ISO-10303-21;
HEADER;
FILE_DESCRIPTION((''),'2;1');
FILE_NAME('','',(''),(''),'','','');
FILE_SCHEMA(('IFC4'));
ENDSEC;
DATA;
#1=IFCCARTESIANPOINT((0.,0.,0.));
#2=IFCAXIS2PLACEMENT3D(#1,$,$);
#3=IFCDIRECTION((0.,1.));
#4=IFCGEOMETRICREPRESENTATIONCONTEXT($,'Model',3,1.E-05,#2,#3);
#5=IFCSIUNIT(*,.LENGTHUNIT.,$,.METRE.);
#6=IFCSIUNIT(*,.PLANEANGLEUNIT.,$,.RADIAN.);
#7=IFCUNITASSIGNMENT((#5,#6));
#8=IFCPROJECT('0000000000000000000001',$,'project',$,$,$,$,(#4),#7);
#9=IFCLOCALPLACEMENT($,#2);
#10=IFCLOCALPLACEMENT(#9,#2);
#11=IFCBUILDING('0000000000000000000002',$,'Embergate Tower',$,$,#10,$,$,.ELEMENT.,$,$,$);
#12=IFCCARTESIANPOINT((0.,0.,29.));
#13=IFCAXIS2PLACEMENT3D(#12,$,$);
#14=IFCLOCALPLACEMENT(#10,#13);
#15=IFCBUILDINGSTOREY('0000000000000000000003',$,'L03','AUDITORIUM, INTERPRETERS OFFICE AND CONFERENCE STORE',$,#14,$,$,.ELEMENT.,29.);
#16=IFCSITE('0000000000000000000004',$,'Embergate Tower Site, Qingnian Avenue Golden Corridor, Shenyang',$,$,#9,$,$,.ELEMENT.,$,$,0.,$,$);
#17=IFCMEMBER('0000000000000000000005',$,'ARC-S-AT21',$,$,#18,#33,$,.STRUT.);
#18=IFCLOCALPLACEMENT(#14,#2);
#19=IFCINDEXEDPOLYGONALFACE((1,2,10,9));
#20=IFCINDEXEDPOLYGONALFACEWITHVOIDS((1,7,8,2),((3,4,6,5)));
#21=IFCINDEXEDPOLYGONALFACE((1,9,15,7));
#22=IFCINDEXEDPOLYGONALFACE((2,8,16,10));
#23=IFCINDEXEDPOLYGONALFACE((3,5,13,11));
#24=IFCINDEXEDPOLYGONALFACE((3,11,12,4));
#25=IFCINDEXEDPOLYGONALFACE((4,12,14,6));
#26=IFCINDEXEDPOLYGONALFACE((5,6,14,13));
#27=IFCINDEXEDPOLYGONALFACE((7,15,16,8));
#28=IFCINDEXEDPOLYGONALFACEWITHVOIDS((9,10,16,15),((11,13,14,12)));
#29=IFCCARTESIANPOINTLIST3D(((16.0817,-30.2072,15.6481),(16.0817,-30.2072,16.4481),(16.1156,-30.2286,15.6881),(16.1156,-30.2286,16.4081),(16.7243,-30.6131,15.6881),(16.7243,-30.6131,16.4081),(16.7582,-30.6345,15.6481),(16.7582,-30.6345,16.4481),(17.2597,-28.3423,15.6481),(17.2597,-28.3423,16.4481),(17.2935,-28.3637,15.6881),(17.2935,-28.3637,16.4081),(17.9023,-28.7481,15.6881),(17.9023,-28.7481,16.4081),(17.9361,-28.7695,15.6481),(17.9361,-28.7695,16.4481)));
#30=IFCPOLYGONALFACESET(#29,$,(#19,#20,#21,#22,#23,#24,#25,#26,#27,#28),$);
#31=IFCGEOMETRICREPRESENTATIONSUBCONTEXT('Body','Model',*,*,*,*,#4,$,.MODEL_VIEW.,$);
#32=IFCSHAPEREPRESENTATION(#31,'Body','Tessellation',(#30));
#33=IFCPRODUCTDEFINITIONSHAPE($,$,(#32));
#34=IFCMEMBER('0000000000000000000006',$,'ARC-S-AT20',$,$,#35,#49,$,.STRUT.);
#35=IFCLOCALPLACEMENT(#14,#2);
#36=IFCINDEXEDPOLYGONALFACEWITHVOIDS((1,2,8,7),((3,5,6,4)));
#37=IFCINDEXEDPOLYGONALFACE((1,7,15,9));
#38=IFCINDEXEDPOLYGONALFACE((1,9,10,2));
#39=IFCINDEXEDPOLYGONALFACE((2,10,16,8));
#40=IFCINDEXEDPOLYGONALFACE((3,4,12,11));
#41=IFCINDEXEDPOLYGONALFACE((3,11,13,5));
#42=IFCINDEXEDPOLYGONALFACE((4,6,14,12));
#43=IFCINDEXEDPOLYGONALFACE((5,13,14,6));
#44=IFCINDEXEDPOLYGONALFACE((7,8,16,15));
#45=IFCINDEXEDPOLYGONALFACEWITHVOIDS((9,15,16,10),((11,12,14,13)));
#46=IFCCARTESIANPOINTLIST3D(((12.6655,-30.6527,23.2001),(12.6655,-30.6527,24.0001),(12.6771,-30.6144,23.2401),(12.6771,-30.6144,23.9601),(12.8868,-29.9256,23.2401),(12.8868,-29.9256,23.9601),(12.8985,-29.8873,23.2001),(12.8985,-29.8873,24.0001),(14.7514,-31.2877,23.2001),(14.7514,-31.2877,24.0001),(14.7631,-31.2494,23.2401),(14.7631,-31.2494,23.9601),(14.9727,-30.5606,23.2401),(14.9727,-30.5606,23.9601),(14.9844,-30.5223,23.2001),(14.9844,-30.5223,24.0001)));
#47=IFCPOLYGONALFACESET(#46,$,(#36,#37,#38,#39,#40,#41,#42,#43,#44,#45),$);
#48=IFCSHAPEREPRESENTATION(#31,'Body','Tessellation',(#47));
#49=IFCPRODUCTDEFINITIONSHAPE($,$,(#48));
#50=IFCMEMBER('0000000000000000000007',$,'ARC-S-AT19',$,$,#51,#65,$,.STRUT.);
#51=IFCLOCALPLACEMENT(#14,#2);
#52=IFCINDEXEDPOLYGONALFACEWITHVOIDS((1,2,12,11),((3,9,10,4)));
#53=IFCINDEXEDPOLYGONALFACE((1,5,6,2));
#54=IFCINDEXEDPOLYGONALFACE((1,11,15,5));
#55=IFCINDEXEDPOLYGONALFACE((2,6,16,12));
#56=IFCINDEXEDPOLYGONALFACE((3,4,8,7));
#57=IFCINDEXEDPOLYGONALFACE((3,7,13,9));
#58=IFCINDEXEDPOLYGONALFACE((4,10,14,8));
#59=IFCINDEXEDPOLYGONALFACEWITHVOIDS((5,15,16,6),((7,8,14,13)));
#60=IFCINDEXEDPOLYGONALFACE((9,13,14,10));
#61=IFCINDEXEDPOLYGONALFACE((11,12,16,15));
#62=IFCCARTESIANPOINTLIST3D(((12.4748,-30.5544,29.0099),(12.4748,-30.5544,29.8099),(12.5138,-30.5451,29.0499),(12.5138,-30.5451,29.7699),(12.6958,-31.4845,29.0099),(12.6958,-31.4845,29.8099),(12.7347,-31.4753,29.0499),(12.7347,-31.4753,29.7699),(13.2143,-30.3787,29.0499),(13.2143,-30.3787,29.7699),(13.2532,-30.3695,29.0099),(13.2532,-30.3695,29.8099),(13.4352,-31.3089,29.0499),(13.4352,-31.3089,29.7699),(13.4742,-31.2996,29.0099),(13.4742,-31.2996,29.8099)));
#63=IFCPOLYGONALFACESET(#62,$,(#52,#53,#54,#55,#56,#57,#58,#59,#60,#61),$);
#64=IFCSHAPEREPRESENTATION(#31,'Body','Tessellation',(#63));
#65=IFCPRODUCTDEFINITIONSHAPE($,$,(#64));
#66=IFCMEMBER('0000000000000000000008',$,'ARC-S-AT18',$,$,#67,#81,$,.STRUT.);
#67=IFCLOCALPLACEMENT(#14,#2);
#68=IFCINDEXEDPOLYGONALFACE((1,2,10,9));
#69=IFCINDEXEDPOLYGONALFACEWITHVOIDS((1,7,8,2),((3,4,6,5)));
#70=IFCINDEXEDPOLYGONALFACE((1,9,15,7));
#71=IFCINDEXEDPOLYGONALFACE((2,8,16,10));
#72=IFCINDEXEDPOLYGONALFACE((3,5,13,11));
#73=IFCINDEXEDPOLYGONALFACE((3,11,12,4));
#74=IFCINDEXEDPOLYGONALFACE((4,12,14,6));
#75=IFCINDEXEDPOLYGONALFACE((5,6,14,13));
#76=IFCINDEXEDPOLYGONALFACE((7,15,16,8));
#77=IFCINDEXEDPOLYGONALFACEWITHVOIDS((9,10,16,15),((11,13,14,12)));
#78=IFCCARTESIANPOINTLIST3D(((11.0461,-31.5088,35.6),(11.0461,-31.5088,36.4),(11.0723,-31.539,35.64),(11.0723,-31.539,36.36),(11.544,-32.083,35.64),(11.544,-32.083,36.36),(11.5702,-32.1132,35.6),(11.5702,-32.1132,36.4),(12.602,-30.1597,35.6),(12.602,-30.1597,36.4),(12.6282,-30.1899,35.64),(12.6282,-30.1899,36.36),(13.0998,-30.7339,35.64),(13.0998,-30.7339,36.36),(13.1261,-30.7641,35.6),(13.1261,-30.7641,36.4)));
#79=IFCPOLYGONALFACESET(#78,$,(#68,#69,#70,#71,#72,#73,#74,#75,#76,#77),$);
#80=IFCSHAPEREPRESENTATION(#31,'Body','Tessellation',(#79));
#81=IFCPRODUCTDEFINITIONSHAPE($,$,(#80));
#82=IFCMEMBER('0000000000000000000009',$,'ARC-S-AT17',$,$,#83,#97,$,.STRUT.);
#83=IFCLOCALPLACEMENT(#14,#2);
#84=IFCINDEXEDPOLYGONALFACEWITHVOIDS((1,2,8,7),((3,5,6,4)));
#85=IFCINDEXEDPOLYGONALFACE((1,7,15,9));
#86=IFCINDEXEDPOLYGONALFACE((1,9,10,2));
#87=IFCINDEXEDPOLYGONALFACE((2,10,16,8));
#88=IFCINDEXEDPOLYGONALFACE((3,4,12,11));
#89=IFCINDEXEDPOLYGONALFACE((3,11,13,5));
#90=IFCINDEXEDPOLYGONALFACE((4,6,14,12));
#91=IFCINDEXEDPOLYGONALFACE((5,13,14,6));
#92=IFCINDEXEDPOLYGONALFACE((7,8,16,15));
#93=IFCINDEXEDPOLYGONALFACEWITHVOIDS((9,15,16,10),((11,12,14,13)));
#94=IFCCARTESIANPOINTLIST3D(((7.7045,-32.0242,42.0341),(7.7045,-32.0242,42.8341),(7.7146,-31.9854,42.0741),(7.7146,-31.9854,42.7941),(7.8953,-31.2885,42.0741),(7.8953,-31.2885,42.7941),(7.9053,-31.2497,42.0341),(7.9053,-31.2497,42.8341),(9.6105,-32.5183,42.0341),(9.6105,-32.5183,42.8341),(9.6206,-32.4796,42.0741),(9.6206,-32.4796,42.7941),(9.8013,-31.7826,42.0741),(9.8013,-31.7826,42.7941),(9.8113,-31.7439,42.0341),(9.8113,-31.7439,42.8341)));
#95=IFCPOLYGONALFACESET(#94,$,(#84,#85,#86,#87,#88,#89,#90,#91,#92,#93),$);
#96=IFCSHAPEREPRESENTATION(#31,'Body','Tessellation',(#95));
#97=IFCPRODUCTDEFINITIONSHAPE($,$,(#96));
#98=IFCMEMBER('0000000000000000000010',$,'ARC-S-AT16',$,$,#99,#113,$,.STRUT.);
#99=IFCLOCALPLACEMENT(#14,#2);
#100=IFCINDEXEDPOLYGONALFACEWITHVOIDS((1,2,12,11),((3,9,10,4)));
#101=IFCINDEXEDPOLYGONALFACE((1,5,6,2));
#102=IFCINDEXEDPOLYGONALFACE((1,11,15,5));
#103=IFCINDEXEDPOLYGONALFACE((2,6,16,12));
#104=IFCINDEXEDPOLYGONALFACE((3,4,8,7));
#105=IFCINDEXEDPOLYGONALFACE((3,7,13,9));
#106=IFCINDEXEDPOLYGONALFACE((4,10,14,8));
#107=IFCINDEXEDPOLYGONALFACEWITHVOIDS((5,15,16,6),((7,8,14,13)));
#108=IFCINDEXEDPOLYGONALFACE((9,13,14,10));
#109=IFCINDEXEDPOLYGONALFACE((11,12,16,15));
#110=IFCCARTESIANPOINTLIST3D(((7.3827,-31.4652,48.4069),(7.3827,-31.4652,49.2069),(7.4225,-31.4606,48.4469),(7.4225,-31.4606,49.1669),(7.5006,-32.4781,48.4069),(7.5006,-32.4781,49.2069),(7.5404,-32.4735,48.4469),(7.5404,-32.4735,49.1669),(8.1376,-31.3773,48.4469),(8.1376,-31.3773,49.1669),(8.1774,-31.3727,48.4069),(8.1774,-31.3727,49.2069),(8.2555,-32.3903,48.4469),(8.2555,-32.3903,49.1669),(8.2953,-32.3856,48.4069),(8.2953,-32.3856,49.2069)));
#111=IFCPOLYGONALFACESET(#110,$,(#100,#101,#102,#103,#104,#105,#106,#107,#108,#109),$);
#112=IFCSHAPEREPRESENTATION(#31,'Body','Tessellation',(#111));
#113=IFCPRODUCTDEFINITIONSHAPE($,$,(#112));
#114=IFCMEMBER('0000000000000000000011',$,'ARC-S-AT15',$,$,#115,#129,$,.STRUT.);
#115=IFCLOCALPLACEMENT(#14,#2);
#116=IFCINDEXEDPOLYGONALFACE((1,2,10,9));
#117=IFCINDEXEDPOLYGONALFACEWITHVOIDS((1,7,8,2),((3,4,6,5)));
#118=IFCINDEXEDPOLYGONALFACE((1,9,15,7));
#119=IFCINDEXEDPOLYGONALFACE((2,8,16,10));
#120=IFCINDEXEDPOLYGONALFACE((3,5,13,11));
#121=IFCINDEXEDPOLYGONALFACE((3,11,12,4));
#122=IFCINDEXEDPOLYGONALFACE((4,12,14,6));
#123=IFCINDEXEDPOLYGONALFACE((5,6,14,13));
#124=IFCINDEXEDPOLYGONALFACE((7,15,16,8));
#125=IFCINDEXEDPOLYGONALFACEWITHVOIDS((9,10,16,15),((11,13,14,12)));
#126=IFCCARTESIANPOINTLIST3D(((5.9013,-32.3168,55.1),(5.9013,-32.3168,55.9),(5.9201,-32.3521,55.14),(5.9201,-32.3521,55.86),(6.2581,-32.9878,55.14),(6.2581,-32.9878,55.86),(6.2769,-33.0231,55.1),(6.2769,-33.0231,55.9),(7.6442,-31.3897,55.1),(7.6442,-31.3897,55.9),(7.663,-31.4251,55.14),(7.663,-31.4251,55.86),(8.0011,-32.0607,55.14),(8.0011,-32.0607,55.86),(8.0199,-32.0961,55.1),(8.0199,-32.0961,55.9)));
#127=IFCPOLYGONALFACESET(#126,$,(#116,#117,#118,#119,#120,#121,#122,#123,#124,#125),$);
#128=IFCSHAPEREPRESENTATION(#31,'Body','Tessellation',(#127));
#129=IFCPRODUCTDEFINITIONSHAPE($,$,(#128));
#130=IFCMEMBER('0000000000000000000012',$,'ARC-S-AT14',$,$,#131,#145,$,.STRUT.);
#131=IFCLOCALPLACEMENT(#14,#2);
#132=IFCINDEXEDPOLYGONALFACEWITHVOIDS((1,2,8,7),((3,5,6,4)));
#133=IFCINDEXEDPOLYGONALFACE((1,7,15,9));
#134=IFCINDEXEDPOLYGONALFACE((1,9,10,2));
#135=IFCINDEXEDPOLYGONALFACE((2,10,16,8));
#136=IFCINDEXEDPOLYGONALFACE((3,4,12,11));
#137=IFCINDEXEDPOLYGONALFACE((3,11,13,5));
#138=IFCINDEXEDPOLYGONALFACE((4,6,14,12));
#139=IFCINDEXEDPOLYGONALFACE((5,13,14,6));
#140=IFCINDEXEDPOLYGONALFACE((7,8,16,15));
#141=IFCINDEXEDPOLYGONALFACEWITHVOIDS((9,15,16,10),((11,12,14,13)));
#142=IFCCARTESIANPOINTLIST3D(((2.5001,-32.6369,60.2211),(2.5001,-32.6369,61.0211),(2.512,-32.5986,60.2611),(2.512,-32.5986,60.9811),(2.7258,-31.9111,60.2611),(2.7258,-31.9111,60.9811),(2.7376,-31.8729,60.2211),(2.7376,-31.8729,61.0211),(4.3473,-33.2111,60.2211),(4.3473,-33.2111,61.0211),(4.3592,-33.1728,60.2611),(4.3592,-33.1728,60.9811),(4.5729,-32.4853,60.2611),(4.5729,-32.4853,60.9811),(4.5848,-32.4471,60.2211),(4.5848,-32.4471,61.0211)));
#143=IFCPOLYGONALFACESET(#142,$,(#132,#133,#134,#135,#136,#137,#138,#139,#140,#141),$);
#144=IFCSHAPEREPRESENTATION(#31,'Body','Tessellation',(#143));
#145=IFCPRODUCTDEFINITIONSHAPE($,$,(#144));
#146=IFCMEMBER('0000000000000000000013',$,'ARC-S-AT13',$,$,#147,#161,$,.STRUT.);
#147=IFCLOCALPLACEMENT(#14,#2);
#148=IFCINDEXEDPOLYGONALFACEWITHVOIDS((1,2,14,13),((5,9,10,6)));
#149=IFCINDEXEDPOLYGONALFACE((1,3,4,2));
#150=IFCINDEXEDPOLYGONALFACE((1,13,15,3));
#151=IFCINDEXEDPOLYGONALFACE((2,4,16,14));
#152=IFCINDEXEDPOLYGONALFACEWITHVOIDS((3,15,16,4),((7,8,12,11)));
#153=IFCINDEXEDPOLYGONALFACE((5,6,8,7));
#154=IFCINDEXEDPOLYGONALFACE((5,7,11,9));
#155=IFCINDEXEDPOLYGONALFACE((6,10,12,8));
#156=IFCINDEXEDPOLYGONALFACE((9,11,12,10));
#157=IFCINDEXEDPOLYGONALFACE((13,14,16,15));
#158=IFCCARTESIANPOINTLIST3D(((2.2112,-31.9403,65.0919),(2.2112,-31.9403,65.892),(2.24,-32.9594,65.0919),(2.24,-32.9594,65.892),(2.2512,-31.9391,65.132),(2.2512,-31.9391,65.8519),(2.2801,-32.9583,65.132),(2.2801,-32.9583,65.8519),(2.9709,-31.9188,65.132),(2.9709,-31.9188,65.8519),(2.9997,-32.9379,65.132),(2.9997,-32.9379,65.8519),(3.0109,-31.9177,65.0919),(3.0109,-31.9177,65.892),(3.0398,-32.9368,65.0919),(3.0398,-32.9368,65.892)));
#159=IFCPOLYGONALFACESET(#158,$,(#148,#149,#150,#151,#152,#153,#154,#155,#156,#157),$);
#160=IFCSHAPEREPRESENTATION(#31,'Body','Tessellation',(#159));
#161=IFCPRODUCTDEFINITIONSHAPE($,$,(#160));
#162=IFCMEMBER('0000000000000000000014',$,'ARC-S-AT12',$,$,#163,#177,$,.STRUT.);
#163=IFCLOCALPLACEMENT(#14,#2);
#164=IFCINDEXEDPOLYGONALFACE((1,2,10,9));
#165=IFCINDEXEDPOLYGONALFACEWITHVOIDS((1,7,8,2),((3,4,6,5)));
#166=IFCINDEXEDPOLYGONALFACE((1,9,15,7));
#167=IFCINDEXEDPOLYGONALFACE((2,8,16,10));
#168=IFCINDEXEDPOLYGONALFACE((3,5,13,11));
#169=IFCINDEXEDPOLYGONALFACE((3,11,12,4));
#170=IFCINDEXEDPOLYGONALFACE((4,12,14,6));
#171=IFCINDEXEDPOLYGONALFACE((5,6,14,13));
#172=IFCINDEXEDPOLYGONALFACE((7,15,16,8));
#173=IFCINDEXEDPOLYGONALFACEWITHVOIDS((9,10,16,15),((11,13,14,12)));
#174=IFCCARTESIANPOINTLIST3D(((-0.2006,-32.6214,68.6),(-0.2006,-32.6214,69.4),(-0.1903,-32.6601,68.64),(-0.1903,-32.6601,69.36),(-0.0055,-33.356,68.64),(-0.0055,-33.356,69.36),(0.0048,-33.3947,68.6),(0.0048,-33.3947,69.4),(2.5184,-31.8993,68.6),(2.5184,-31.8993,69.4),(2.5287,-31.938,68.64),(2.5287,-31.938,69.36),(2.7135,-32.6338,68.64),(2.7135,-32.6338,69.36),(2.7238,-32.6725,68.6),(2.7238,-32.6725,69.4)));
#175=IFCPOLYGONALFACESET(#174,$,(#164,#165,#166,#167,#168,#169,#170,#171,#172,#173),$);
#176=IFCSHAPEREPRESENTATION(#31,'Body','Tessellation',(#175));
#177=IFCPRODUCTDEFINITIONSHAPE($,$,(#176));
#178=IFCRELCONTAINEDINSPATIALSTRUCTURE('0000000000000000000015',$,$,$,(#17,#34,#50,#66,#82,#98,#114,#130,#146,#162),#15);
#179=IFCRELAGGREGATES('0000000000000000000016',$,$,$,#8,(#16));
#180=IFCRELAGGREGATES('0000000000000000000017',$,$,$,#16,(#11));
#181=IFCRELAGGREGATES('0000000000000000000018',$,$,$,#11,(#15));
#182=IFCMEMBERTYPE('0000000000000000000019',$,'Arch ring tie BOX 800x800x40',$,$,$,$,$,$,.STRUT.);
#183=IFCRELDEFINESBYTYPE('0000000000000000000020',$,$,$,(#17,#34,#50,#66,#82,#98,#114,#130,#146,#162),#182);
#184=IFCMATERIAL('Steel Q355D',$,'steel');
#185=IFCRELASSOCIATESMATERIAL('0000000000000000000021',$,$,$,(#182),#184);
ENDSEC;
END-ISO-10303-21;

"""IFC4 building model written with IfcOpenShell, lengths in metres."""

from ifc_helpers import new_model, si_unit, direction, frame, origin, origin_2d, place, context, subcontext, project, spatial, hollow_rectangle, extrude, source, transform, mapped, material, material_profile, profile_set, type_object, element, save


model = new_model("IFC4")

# Units and contexts
model_context = context("Model", 3, precision=1e-05, world=origin(), true_north=direction((0.0, 1.0)))
body_context = subcontext(model_context, "Body", "Model", "MODEL_VIEW")
ifc_project = project(units=[si_unit("LENGTHUNIT", "METRE"), si_unit("PLANEANGLEUNIT", "RADIAN")], contexts=[model_context])

# Site, building, storey
site_placement = place(None, origin())
site = spatial("IfcSite", under=ifc_project, at=site_placement, Name="Embergate Tower Site, Qingnian Avenue Golden Corridor, Shenyang", CompositionType="ELEMENT", RefElevation=0.0)
building_placement = place(site_placement, origin())
building = spatial("IfcBuilding", under=site, at=building_placement, Name="Embergate Tower", CompositionType="ELEMENT")
storey_placement = place(building_placement, frame((0.0, 0.0, 29.0)))
storey = spatial("IfcBuildingStorey", under=building, at=storey_placement, Name="L03", Description="AUDITORIUM, INTERPRETERS OFFICE AND CONFERENCE STORE", CompositionType="ELEMENT", Elevation=29.0)

# Members
ifc_material_1 = material(Name="Steel Q355D", Category="steel")
ifc_material_profile_1 = material_profile(ifc_material_1, hollow_rectangle(XDim=0.8, YDim=0.8, WallThickness=0.04, at=origin_2d()), Name="BOX 800x800x40")
ifc_profile_set_1 = profile_set([ifc_material_profile_1], Name="Steel Q355 grade D")
member_type_1 = type_object("IfcMemberType", Name="Arch ring tie BOX 800x800x40", PredefinedType="STRUT", material=ifc_profile_set_1)
shared_shape_1 = source(origin(), body_context, "Body", "SweptSolid", [
    extrude(hollow_rectangle(XDim=0.8, YDim=0.8, WallThickness=0.04, at=origin_2d()), origin(), (0.0, 0.0, 1.0), 2.2058),
])
member_1_placement = place(storey_placement, frame((17.5979, -28.5559, 16.0481), z_axis=(-0.534022, -0.84547, 0.0), x_axis=(0.84547, -0.534022, 0.0)))
element("IfcMember", 1, at=member_1_placement, inside=storey, type_object=member_type_1, Name="ARC-S-AT21", PredefinedType="STRUT", context=body_context, shape_type="MappedRepresentation", body=[
    mapped(shared_shape_1, transform((0.0, 0.0, 0.0))),
])
shared_shape_2 = source(origin(), body_context, "Body", "SweptSolid", [
    extrude(hollow_rectangle(XDim=0.8, YDim=0.8, WallThickness=0.04, at=origin_2d()), origin(), (0.0, 0.0, 1.0), 2.1804),
])
member_2_placement = place(storey_placement, frame((12.782, -30.27, 23.6001), z_axis=(0.956654, -0.291228, 0.0), x_axis=(0.291228, 0.956654, 0.0)))
element("IfcMember", 2, at=member_2_placement, inside=storey, type_object=member_type_1, Name="ARC-S-AT20", PredefinedType="STRUT", context=body_context, shape_type="MappedRepresentation", body=[
    mapped(shared_shape_2, transform((0.0, 0.0, 0.0))),
])
shared_shape_3 = source(origin(), body_context, "Body", "SweptSolid", [
    extrude(hollow_rectangle(XDim=0.8, YDim=0.8, WallThickness=0.04, at=origin_2d()), origin(), (0.0, 0.0, 1.0), 0.9561),
])
member_3_placement = place(storey_placement, frame((12.864, -30.4619, 29.4099), z_axis=(0.231103, -0.972929, 0.0), x_axis=(0.972929, 0.231103, 0.0)))
element("IfcMember", 3, at=member_3_placement, inside=storey, type_object=member_type_1, Name="ARC-S-AT19", PredefinedType="STRUT", context=body_context, shape_type="MappedRepresentation", body=[
    mapped(shared_shape_3, transform((0.0, 0.0, 0.0))),
])
shared_shape_4 = source(origin(), body_context, "Body", "SweptSolid", [
    extrude(hollow_rectangle(XDim=0.8, YDim=0.8, WallThickness=0.04, at=origin_2d()), origin(), (0.0, 0.0, 1.0), 2.0593),
])
member_4_placement = place(storey_placement, frame((12.864, -30.4619, 36.0), z_axis=(-0.755529, -0.655116, 0.0), x_axis=(0.655116, -0.755529, 0.0)))
element("IfcMember", 4, at=member_4_placement, inside=storey, type_object=member_type_1, Name="ARC-S-AT18", PredefinedType="STRUT", context=body_context, shape_type="MappedRepresentation", body=[
    mapped(shared_shape_4, transform((0.0, 0.0, 0.0))),
])
shared_shape_5 = source(origin(), body_context, "Body", "SweptSolid", [
    extrude(hollow_rectangle(XDim=0.8, YDim=0.8, WallThickness=0.04, at=origin_2d()), origin(), (0.0, 0.0, 1.0), 1.969),
])
member_5_placement = place(storey_placement, frame((7.8049, -31.637, 42.4341), z_axis=(0.967998, -0.250958, 0.0), x_axis=(0.250958, 0.967998, 0.0)))
element("IfcMember", 5, at=member_5_placement, inside=storey, type_object=member_type_1, Name="ARC-S-AT17", PredefinedType="STRUT", context=body_context, shape_type="MappedRepresentation", body=[
    mapped(shared_shape_5, transform((0.0, 0.0, 0.0))),
])
shared_shape_6 = source(origin(), body_context, "Body", "SweptSolid", [
    extrude(hollow_rectangle(XDim=0.8, YDim=0.8, WallThickness=0.04, at=origin_2d()), origin(), (0.0, 0.0, 1.0), 1.0198),
])
member_6_placement = place(storey_placement, frame((7.78, -31.4189, 48.8069), z_axis=(0.115633, -0.993292, 0.0), x_axis=(0.993292, 0.115633, 0.0)))
element("IfcMember", 6, at=member_6_placement, inside=storey, type_object=member_type_1, Name="ARC-S-AT16", PredefinedType="STRUT", context=body_context, shape_type="MappedRepresentation", body=[
    mapped(shared_shape_6, transform((0.0, 0.0, 0.0))),
])
shared_shape_7 = source(origin(), body_context, "Body", "SweptSolid", [
    extrude(hollow_rectangle(XDim=0.8, YDim=0.8, WallThickness=0.04, at=origin_2d()), origin(), (0.0, 0.0, 1.0), 1.9741),
])
member_7_placement = place(storey_placement, frame((7.832, -31.7429, 55.5), z_axis=(-0.88289, -0.46958, 0.0), x_axis=(0.46958, -0.88289, 0.0)))
element("IfcMember", 7, at=member_7_placement, inside=storey, type_object=member_type_1, Name="ARC-S-AT15", PredefinedType="STRUT", context=body_context, shape_type="MappedRepresentation", body=[
    mapped(shared_shape_7, transform((0.0, 0.0, 0.0))),
])
shared_shape_8 = source(origin(), body_context, "Body", "SweptSolid", [
    extrude(hollow_rectangle(XDim=0.8, YDim=0.8, WallThickness=0.04, at=origin_2d()), origin(), (0.0, 0.0, 1.0), 1.9343),
])
member_8_placement = place(storey_placement, frame((2.6189, -32.2549, 60.6211), z_axis=(0.954924, -0.296852, 0.0), x_axis=(0.296852, 0.954924, 0.0)))
element("IfcMember", 8, at=member_8_placement, inside=storey, type_object=member_type_1, Name="ARC-S-AT14", PredefinedType="STRUT", context=body_context, shape_type="MappedRepresentation", body=[
    mapped(shared_shape_8, transform((0.0, 0.0, 0.0))),
])
shared_shape_9 = source(origin(), body_context, "Body", "SweptSolid", [
    extrude(hollow_rectangle(XDim=0.8, YDim=0.8, WallThickness=0.04, at=origin_2d()), origin(), (0.0, 0.0, 1.0), 1.0195),
])
member_9_placement = place(storey_placement, frame((2.6111, -31.929, 65.4919), z_axis=(0.028259, -0.999601, 0.0), x_axis=(0.999601, 0.028259, 0.0)))
element("IfcMember", 9, at=member_9_placement, inside=storey, type_object=member_type_1, Name="ARC-S-AT13", PredefinedType="STRUT", context=body_context, shape_type="MappedRepresentation", body=[
    mapped(shared_shape_9, transform((0.0, 0.0, 0.0))),
])
shared_shape_10 = source(origin(), body_context, "Body", "SweptSolid", [
    extrude(hollow_rectangle(XDim=0.8, YDim=0.8, WallThickness=0.04, at=origin_2d()), origin(), (0.0, 0.0, 1.0), 2.8132),
])
member_10_placement = place(storey_placement, frame((2.6211, -32.2859, 69.0), z_axis=(-0.966491, -0.256701, 0.0), x_axis=(0.256701, -0.966491, 0.0)))
element("IfcMember", 10, at=member_10_placement, inside=storey, type_object=member_type_1, Name="ARC-S-AT12", PredefinedType="STRUT", context=body_context, shape_type="MappedRepresentation", body=[
    mapped(shared_shape_10, transform((0.0, 0.0, 0.0))),
])

save(model, "model.ifc")
